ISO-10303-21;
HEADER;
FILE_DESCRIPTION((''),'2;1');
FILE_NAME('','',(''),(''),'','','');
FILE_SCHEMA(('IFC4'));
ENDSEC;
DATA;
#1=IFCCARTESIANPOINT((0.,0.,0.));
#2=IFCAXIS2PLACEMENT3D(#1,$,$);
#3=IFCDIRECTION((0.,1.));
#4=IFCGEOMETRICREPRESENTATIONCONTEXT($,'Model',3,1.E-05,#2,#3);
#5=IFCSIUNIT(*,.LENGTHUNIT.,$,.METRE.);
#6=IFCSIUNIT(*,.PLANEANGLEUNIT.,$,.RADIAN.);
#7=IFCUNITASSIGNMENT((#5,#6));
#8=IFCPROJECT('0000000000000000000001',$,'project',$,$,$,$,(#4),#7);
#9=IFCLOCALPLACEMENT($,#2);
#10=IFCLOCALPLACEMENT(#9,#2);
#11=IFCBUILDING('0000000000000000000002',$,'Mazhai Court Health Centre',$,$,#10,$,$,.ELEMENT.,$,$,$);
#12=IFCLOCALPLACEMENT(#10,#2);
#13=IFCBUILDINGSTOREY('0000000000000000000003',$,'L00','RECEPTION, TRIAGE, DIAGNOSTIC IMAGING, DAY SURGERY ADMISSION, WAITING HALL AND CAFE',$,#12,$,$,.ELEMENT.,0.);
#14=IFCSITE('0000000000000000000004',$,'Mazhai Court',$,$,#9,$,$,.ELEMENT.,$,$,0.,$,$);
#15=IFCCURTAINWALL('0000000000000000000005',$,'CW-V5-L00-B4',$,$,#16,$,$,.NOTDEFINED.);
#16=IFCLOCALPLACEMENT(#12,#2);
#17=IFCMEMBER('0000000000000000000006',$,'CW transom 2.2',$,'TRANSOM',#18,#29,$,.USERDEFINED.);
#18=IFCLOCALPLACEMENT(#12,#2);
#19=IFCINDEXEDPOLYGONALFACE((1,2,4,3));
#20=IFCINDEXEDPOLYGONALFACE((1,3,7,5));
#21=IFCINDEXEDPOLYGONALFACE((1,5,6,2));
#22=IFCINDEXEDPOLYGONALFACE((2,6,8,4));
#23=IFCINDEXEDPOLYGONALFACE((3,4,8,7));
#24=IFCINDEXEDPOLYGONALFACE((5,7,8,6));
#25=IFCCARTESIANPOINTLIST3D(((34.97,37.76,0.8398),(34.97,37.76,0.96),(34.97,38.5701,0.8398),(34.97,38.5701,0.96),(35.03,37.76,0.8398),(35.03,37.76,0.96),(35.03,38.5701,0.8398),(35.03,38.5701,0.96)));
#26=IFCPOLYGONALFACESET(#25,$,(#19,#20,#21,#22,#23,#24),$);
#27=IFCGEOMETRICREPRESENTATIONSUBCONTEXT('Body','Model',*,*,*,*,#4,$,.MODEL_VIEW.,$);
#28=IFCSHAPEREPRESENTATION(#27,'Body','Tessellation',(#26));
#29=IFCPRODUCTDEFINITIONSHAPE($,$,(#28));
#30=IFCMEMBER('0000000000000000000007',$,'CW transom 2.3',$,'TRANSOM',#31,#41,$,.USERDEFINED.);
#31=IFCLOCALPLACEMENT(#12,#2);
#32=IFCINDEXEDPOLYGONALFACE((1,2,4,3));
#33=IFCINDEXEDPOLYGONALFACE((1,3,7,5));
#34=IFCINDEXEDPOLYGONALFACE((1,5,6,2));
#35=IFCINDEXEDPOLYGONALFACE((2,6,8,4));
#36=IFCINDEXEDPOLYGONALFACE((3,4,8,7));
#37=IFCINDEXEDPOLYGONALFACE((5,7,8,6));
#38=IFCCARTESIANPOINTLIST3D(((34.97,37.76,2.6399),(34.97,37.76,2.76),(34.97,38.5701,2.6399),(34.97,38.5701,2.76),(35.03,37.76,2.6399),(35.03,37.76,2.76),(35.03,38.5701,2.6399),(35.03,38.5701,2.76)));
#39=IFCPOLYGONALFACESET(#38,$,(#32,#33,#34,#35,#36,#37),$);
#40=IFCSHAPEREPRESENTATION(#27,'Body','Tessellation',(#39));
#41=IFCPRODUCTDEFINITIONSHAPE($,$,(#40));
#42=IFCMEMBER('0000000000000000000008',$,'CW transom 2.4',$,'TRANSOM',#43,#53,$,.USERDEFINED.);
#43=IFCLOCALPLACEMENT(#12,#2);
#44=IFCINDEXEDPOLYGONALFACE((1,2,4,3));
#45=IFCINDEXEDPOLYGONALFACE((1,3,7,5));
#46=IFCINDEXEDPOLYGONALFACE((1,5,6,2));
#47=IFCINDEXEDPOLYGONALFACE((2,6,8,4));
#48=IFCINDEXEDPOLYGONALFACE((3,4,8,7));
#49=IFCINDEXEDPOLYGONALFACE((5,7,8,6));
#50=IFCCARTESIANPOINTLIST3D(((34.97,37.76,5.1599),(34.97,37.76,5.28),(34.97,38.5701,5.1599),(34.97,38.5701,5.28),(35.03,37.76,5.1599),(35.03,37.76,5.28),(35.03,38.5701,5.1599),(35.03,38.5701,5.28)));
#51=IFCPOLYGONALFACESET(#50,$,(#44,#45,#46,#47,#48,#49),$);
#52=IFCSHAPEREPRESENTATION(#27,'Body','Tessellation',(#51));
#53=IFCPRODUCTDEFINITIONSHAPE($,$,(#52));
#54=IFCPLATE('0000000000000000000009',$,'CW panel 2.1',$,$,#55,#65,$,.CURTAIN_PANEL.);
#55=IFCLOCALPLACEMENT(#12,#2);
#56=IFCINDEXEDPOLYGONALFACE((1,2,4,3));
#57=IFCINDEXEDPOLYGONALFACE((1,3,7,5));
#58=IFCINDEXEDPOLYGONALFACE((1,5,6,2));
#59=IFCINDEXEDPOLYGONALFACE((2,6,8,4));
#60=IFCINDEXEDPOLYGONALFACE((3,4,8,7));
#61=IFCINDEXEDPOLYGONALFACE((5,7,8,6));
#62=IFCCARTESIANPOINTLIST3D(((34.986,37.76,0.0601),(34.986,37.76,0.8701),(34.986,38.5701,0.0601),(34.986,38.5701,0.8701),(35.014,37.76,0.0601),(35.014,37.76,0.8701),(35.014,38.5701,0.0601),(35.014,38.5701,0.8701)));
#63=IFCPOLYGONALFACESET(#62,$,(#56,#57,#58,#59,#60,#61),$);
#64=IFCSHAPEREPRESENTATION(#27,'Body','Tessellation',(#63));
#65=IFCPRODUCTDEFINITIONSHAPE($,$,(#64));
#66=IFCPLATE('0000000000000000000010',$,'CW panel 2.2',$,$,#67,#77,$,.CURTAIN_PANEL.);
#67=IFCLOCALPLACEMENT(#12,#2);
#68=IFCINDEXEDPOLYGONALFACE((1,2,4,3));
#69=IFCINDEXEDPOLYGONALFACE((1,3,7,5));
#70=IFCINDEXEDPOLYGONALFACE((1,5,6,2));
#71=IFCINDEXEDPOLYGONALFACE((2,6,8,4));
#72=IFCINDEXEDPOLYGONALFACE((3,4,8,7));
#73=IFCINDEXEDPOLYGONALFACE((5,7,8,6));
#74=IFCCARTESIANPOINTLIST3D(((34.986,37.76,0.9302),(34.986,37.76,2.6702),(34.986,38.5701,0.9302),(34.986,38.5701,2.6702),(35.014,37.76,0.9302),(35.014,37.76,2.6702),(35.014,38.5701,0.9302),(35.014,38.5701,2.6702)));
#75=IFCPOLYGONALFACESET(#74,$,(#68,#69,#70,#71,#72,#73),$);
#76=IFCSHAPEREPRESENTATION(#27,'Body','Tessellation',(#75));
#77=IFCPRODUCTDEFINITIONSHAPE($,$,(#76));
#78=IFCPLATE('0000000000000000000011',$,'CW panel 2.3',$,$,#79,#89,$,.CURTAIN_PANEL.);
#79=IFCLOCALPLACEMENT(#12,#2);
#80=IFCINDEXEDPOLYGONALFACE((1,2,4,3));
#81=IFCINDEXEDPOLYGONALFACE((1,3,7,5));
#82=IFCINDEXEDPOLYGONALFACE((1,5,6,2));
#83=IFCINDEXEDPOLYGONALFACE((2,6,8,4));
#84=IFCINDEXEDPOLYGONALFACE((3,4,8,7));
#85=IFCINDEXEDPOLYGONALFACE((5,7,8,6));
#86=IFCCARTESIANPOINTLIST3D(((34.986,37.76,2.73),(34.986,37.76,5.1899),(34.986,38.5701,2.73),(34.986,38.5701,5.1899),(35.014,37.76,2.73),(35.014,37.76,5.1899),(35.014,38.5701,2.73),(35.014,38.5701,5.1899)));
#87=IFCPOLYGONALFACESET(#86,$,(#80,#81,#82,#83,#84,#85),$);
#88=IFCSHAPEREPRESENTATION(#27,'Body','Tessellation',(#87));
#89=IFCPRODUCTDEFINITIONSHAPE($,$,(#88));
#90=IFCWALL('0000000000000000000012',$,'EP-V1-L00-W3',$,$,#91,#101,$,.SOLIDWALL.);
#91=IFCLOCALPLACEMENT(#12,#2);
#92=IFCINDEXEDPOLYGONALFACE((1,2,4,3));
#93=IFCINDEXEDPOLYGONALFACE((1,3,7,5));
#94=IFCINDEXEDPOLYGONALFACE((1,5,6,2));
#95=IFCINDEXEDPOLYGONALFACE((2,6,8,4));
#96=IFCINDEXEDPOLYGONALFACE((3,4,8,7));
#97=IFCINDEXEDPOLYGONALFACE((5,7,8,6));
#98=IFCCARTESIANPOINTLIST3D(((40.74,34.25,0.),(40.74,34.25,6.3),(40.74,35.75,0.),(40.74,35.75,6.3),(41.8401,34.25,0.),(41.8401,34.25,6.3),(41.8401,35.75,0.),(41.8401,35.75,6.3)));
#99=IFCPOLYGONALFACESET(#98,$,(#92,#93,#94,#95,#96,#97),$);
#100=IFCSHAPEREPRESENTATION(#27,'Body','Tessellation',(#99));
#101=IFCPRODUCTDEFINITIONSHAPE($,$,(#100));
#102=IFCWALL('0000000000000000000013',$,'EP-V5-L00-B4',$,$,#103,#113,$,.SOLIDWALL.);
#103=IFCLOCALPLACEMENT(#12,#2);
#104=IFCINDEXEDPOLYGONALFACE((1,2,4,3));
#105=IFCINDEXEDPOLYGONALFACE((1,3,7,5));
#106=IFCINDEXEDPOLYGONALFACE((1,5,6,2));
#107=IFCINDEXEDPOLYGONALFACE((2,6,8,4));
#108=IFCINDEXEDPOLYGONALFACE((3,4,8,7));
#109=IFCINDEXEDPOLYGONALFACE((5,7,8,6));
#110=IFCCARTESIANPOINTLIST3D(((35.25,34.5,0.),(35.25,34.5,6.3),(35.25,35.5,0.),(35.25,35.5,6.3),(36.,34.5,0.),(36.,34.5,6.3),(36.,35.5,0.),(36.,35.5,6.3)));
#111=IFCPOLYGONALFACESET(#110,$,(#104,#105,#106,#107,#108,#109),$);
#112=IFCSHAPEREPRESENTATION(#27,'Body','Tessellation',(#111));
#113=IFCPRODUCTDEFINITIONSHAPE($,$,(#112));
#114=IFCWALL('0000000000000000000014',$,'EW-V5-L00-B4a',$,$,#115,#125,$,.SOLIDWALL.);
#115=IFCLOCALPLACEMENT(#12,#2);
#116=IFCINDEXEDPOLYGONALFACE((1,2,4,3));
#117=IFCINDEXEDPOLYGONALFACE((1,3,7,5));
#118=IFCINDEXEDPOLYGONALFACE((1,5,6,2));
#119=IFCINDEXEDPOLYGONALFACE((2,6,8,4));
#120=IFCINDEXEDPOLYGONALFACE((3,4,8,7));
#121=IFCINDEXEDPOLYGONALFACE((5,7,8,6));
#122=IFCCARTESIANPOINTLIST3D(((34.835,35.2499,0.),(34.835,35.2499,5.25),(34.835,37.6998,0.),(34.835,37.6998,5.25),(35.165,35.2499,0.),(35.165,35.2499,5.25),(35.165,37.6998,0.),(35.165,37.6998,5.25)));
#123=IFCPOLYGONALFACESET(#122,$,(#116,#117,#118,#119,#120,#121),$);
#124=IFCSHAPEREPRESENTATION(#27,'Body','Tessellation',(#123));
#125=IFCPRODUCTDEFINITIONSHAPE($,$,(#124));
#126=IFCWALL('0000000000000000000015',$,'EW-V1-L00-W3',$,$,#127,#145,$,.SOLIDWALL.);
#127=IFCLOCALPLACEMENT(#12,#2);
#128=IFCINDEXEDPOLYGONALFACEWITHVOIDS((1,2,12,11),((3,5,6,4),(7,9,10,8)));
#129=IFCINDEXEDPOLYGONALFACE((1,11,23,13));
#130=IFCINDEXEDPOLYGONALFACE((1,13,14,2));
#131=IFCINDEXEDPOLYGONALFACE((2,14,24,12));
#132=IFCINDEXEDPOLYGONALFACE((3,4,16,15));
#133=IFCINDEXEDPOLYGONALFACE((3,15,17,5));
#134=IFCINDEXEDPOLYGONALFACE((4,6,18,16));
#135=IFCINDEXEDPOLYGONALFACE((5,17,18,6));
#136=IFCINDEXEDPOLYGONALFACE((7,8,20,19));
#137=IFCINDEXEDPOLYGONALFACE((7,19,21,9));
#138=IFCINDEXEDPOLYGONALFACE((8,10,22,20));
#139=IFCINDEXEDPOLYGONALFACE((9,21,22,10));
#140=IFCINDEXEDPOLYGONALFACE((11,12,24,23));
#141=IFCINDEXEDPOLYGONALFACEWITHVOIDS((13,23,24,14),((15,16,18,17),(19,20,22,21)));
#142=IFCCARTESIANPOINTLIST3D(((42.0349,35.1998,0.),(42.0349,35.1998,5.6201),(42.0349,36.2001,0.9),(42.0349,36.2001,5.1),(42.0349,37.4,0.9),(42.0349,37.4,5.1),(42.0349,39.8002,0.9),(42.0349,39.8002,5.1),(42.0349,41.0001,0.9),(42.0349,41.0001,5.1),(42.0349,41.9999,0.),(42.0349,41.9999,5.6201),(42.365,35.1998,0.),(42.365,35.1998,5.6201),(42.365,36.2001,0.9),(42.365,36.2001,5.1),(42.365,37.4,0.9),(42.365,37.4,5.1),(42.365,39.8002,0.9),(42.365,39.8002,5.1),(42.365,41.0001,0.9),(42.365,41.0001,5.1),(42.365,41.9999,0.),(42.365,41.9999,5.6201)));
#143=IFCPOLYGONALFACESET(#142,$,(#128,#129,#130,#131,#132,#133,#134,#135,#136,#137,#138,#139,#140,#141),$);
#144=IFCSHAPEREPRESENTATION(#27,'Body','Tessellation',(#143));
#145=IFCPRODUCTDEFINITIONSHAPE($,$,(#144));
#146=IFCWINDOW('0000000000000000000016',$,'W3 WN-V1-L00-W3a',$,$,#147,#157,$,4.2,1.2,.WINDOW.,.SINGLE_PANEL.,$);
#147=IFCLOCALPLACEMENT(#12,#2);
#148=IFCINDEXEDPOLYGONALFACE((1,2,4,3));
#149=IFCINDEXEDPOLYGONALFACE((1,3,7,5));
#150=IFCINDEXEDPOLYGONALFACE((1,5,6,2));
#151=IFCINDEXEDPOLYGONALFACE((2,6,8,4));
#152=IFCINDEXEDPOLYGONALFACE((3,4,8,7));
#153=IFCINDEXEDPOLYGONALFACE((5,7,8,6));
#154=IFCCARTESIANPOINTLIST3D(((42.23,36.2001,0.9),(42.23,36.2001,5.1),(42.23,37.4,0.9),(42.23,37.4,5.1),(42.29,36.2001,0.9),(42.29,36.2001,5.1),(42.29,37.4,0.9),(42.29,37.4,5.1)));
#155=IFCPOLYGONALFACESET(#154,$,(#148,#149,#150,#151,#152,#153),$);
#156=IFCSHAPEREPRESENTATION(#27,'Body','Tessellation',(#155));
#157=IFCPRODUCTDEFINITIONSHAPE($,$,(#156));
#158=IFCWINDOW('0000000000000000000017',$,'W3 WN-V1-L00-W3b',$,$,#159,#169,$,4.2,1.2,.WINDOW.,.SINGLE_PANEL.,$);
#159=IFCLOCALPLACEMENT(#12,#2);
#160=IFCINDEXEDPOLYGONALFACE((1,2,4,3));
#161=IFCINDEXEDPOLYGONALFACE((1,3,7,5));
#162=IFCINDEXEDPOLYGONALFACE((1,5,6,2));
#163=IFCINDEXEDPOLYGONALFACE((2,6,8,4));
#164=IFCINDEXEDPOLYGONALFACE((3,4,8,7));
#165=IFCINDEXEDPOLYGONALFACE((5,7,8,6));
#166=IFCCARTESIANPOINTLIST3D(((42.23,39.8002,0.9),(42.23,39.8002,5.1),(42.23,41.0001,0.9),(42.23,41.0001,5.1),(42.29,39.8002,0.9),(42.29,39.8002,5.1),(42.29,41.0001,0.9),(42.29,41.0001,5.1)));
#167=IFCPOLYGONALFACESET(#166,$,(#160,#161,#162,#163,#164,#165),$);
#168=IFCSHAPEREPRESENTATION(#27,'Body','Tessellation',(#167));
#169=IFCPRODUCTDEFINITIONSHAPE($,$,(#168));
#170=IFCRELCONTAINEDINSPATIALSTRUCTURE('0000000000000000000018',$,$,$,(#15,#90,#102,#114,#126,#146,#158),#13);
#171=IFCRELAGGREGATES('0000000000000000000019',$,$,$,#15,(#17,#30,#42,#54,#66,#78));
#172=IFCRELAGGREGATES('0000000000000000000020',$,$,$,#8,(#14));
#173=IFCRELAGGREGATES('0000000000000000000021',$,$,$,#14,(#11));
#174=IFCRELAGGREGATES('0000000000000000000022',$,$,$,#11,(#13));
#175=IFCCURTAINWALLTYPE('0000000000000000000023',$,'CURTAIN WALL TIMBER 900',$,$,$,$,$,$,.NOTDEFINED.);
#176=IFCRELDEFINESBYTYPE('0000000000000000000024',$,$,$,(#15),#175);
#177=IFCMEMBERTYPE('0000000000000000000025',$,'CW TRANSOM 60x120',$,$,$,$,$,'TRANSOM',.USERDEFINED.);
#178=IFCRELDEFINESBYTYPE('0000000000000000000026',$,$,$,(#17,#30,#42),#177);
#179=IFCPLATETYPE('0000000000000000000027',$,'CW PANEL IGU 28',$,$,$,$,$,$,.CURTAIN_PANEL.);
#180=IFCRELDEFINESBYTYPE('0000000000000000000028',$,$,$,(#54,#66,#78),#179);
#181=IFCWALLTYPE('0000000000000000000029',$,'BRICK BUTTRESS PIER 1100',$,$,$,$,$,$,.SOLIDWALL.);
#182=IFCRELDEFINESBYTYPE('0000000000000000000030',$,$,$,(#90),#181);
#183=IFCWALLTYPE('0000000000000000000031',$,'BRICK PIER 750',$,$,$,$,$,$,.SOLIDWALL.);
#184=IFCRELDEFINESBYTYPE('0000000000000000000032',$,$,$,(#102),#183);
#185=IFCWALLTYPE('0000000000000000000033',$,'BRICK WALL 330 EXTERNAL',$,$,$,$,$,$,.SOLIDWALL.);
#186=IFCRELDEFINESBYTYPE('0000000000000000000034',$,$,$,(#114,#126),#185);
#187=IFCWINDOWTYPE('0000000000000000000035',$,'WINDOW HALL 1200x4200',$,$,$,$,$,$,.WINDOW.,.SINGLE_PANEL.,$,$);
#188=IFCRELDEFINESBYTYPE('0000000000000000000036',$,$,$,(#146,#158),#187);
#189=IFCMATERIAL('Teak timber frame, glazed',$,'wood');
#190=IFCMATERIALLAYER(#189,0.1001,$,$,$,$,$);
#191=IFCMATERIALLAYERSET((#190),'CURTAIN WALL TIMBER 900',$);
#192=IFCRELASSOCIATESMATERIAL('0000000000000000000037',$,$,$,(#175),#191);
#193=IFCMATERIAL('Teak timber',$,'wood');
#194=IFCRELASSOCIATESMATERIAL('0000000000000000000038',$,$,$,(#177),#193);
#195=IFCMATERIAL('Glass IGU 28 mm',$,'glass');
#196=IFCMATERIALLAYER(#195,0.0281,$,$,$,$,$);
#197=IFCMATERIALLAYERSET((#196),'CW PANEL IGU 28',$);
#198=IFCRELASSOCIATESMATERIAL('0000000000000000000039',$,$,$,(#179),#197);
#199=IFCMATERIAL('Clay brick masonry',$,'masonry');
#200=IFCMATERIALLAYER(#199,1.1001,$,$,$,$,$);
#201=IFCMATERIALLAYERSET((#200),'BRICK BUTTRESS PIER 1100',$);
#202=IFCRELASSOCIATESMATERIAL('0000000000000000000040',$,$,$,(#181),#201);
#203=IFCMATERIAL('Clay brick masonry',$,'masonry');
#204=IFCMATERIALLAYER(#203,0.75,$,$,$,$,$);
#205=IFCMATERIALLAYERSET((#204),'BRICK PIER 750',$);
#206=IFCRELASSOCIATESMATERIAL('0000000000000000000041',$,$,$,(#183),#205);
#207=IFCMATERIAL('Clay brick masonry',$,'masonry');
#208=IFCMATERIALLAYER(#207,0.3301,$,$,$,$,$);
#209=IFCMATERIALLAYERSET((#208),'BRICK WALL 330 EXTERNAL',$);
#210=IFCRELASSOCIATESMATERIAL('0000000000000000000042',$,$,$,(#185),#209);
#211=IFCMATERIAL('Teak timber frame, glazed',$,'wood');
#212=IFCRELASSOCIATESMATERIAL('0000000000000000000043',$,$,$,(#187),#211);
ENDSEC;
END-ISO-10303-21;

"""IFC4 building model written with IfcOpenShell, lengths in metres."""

from ifc_helpers import new_model, si_unit, direction, frame, frame_2d, origin, origin_2d, place, context, subcontext, project, spatial, rectangle, extrude, material, layer, layer_set, material_profile, profile_set, type_object, element, fill, aggregate, save


model = new_model("IFC4")

# Units and contexts
model_context = context("Model", 3, precision=1e-05, world=origin(), true_north=direction((0.0, 1.0)))
body_context = subcontext(model_context, "Body", "Model", "MODEL_VIEW")
ifc_project = project(units=[si_unit("LENGTHUNIT", "METRE"), si_unit("PLANEANGLEUNIT", "RADIAN")], contexts=[model_context])

# Site, building, storey
site_placement = place(None, origin())
site = spatial("IfcSite", under=ifc_project, at=site_placement, Name="Mazhai Court", CompositionType="ELEMENT", RefElevation=0.0)
building_placement = place(site_placement, origin())
building = spatial("IfcBuilding", under=site, at=building_placement, Name="Mazhai Court Health Centre", CompositionType="ELEMENT")
storey_placement = place(building_placement, origin())
storey = spatial("IfcBuildingStorey", under=building, at=storey_placement, Name="L00", Description="RECEPTION, TRIAGE, DIAGNOSTIC IMAGING, DAY SURGERY ADMISSION, WAITING HALL AND CAFE", CompositionType="ELEMENT", Elevation=0.0)

# Curtain wall, members, plates
ifc_material_1 = material(Name="Teak timber frame, glazed", Category="wood")
ifc_layer_1 = layer(ifc_material_1, 0.1001)
ifc_layer_set_1 = layer_set([ifc_layer_1], Name="CURTAIN WALL TIMBER 900")
curtain_wall_type = type_object("IfcCurtainWallType", Name="CURTAIN WALL TIMBER 900", PredefinedType="NOTDEFINED", material=ifc_layer_set_1)
curtain_wall_placement = place(storey_placement, origin())
curtain_wall = element("IfcCurtainWall", 1, at=curtain_wall_placement, inside=storey, type_object=curtain_wall_type, Name="CW-V5-L00-B4", PredefinedType="NOTDEFINED")
ifc_material_2 = material(Name="Teak timber", Category="wood")
ifc_material_profile_1 = material_profile(ifc_material_2, rectangle(XDim=0.0601, YDim=0.1201, at=origin_2d()), Name="CW TRANSOM 60x120")
ifc_profile_set_1 = profile_set([ifc_material_profile_1], Name="Teak timber")
member_type_1 = type_object("IfcMemberType", Name="CW TRANSOM 60x120", ElementType="TRANSOM", PredefinedType="USERDEFINED", material=ifc_profile_set_1)
member_1_placement = place(storey_placement, frame((35.0, 38.5701, 0.8999), z_axis=(0.0, -1.0, 0.0), x_axis=(1.0, 0.0, 0.0)))
member_1 = element("IfcMember", 2, at=member_1_placement, type_object=member_type_1, Name="CW transom 2.2", ObjectType="TRANSOM", PredefinedType="USERDEFINED", context=body_context, shape_type="SweptSolid", body=[
    extrude(rectangle(XDim=0.0601, YDim=0.1201, at=origin_2d()), origin(), (0.0, 0.0, 1.0), 0.8101),
])
member_2_placement = place(storey_placement, frame((35.0, 38.5701, 2.7), z_axis=(0.0, -1.0, 0.0), x_axis=(1.0, 0.0, 0.0)))
member_2 = element("IfcMember", 3, at=member_2_placement, type_object=member_type_1, Name="CW transom 2.3", ObjectType="TRANSOM", PredefinedType="USERDEFINED", context=body_context, shape_type="SweptSolid", body=[
    extrude(rectangle(XDim=0.0601, YDim=0.1201, at=origin_2d()), origin(), (0.0, 0.0, 1.0), 0.8101),
])
member_3_placement = place(storey_placement, frame((35.0, 38.5701, 5.22), z_axis=(0.0, -1.0, 0.0), x_axis=(1.0, 0.0, 0.0)))
member_3 = element("IfcMember", 4, at=member_3_placement, type_object=member_type_1, Name="CW transom 2.4", ObjectType="TRANSOM", PredefinedType="USERDEFINED", context=body_context, shape_type="SweptSolid", body=[
    extrude(rectangle(XDim=0.0601, YDim=0.1201, at=origin_2d()), origin(), (0.0, 0.0, 1.0), 0.8101),
])
ifc_material_3 = material(Name="Glass IGU 28 mm", Category="glass")
ifc_layer_2 = layer(ifc_material_3, 0.0281)
ifc_layer_set_2 = layer_set([ifc_layer_2], Name="CW PANEL IGU 28")
plate_type = type_object("IfcPlateType", Name="CW PANEL IGU 28", PredefinedType="CURTAIN_PANEL", material=ifc_layer_set_2)
plate_1_placement = place(storey_placement, frame((35.0, 38.165, 0.0601), z_axis=(0.0, 0.0, 1.0), x_axis=(0.0, -1.0, 0.0)))
plate_1 = element("IfcPlate", 5, at=plate_1_placement, type_object=plate_type, Name="CW panel 2.1", PredefinedType="CURTAIN_PANEL", context=body_context, shape_type="SweptSolid", body=[
    extrude(rectangle(XDim=0.8101, YDim=0.0281, at=origin_2d()), origin(), (0.0, 0.0, 1.0), 0.8101),
])
plate_2_placement = place(storey_placement, frame((35.0, 38.165, 0.9302), z_axis=(0.0, 0.0, 1.0), x_axis=(0.0, -1.0, 0.0)))
plate_2 = element("IfcPlate", 6, at=plate_2_placement, type_object=plate_type, Name="CW panel 2.2", PredefinedType="CURTAIN_PANEL", context=body_context, shape_type="SweptSolid", body=[
    extrude(rectangle(XDim=0.8101, YDim=0.0281, at=origin_2d()), origin(), (0.0, 0.0, 1.0), 1.74),
])
plate_3_placement = place(storey_placement, frame((35.0, 38.165, 2.73), z_axis=(0.0, 0.0, 1.0), x_axis=(0.0, -1.0, 0.0)))
plate_3 = element("IfcPlate", 7, at=plate_3_placement, type_object=plate_type, Name="CW panel 2.3", PredefinedType="CURTAIN_PANEL", context=body_context, shape_type="SweptSolid", body=[
    extrude(rectangle(XDim=0.8101, YDim=0.0281, at=origin_2d()), origin(), (0.0, 0.0, 1.0), 2.46),
])
aggregate(curtain_wall, [member_1, member_2, member_3, plate_1, plate_2, plate_3])

# Walls
ifc_material_4 = material(Name="Clay brick masonry", Category="masonry")
ifc_layer_3 = layer(ifc_material_4, 1.1001)
ifc_layer_set_3 = layer_set([ifc_layer_3], Name="BRICK BUTTRESS PIER 1100")
wall_type_1 = type_object("IfcWallType", Name="BRICK BUTTRESS PIER 1100", PredefinedType="SOLIDWALL", material=ifc_layer_set_3)
wall_1_placement = place(storey_placement, frame((41.29, 34.25, 0.0), z_axis=(0.0, 0.0, 1.0), x_axis=(0.0, 1.0, 0.0)))
element("IfcWall", 8, at=wall_1_placement, inside=storey, type_object=wall_type_1, Name="EP-V1-L00-W3", PredefinedType="SOLIDWALL", context=body_context, shape_type="SweptSolid", body=[
    extrude(rectangle(XDim=1.5, YDim=1.1001, at=frame_2d((0.75, 0.0))), origin(), (0.0, 0.0, 1.0), 6.3),
])
ifc_material_5 = material(Name="Clay brick masonry", Category="masonry")
ifc_layer_4 = layer(ifc_material_5, 0.75)
ifc_layer_set_4 = layer_set([ifc_layer_4], Name="BRICK PIER 750")
wall_type_2 = type_object("IfcWallType", Name="BRICK PIER 750", PredefinedType="SOLIDWALL", material=ifc_layer_set_4)
wall_2_placement = place(storey_placement, frame((35.625, 35.5, 0.0), z_axis=(0.0, 0.0, 1.0), x_axis=(0.0, -1.0, 0.0)))
element("IfcWall", 9, at=wall_2_placement, inside=storey, type_object=wall_type_2, Name="EP-V5-L00-B4", PredefinedType="SOLIDWALL", context=body_context, shape_type="SweptSolid", body=[
    extrude(rectangle(XDim=1.0, YDim=0.75, at=frame_2d((0.5, 0.0))), origin(), (0.0, 0.0, 1.0), 6.3),
])
ifc_material_6 = material(Name="Clay brick masonry", Category="masonry")
ifc_layer_5 = layer(ifc_material_6, 0.3301)
ifc_layer_set_5 = layer_set([ifc_layer_5], Name="BRICK WALL 330 EXTERNAL")
wall_type_3 = type_object("IfcWallType", Name="BRICK WALL 330 EXTERNAL", PredefinedType="SOLIDWALL", material=ifc_layer_set_5)
wall_3_placement = place(storey_placement, frame((35.0, 37.7, 0.0), z_axis=(0.0, 0.0, 1.0), x_axis=(0.0, -1.0, 0.0)))
element("IfcWall", 10, at=wall_3_placement, inside=storey, type_object=wall_type_3, Name="EW-V5-L00-B4a", PredefinedType="SOLIDWALL", context=body_context, shape_type="SweptSolid", body=[
    extrude(rectangle(XDim=2.45, YDim=0.3301, at=frame_2d((1.2251, 0.0))), origin(), (0.0, 0.0, 1.0), 5.25),
])

# Wall, openings, windows
wall_4_placement = place(storey_placement, frame((42.2, 35.2, 0.0), z_axis=(0.0, 0.0, 1.0), x_axis=(0.0, 1.0, 0.0)))
wall_4 = element("IfcWall", 11, at=wall_4_placement, inside=storey, type_object=wall_type_3, Name="EW-V1-L00-W3", PredefinedType="SOLIDWALL", context=body_context, shape_type="SweptSolid", body=[
    extrude(rectangle(XDim=6.8, YDim=0.3301, at=frame_2d((3.3999, 0.0))), origin(), (0.0, 0.0, 1.0), 5.6201),
])
opening_1_placement = place(wall_4_placement, frame((1.0, 0.0, 0.8999)))
opening_1 = element("IfcOpeningElement", 12, at=opening_1_placement, cuts=wall_4, PredefinedType="OPENING", context=body_context, shape_type="SweptSolid", body=[
    extrude(rectangle(XDim=1.2, YDim=4.2, at=frame_2d((0.6001, 2.1001))), frame((0.0, 0.175, 0.0), z_axis=(0.0, -1.0, 0.0), x_axis=(1.0, 0.0, 0.0)), (0.0, 0.0, 1.0), 0.3501),
])
opening_2_placement = place(wall_4_placement, frame((4.6001, 0.0, 0.8999)))
opening_2 = element("IfcOpeningElement", 13, at=opening_2_placement, cuts=wall_4, PredefinedType="OPENING", context=body_context, shape_type="SweptSolid", body=[
    extrude(rectangle(XDim=1.2, YDim=4.2, at=frame_2d((0.6001, 2.1001))), frame((0.0, 0.175, 0.0), z_axis=(0.0, -1.0, 0.0), x_axis=(1.0, 0.0, 0.0)), (0.0, 0.0, 1.0), 0.3501),
])
ifc_material_7 = material(Name="Teak timber frame, glazed", Category="wood")
window_type = type_object("IfcWindowType", Name="WINDOW HALL 1200x4200", PartitioningType="SINGLE_PANEL", PredefinedType="WINDOW", material=ifc_material_7)
window_1_placement = place(opening_1_placement, origin())
window_1 = element("IfcWindow", 14, at=window_1_placement, inside=storey, type_object=window_type, Name="W3 WN-V1-L00-W3a", OverallHeight=4.2, OverallWidth=1.2, PartitioningType="SINGLE_PANEL", PredefinedType="WINDOW", context=body_context, shape_type="SweptSolid", body=[
    extrude(rectangle(XDim=1.2, YDim=4.2, at=frame_2d((0.6001, 2.1001))), frame((0.0, -0.03, 0.0), z_axis=(0.0, -1.0, 0.0), x_axis=(1.0, 0.0, 0.0)), (0.0, 0.0, 1.0), 0.0601),
])
fill(opening_1, window_1)
window_2_placement = place(opening_2_placement, origin())
window_2 = element("IfcWindow", 15, at=window_2_placement, inside=storey, type_object=window_type, Name="W3 WN-V1-L00-W3b", OverallHeight=4.2, OverallWidth=1.2, PartitioningType="SINGLE_PANEL", PredefinedType="WINDOW", context=body_context, shape_type="SweptSolid", body=[
    extrude(rectangle(XDim=1.2, YDim=4.2, at=frame_2d((0.6001, 2.1001))), frame((0.0, -0.03, 0.0), z_axis=(0.0, -1.0, 0.0), x_axis=(1.0, 0.0, 0.0)), (0.0, 0.0, 1.0), 0.0601),
])
fill(opening_2, window_2)

save(model, "model.ifc")
